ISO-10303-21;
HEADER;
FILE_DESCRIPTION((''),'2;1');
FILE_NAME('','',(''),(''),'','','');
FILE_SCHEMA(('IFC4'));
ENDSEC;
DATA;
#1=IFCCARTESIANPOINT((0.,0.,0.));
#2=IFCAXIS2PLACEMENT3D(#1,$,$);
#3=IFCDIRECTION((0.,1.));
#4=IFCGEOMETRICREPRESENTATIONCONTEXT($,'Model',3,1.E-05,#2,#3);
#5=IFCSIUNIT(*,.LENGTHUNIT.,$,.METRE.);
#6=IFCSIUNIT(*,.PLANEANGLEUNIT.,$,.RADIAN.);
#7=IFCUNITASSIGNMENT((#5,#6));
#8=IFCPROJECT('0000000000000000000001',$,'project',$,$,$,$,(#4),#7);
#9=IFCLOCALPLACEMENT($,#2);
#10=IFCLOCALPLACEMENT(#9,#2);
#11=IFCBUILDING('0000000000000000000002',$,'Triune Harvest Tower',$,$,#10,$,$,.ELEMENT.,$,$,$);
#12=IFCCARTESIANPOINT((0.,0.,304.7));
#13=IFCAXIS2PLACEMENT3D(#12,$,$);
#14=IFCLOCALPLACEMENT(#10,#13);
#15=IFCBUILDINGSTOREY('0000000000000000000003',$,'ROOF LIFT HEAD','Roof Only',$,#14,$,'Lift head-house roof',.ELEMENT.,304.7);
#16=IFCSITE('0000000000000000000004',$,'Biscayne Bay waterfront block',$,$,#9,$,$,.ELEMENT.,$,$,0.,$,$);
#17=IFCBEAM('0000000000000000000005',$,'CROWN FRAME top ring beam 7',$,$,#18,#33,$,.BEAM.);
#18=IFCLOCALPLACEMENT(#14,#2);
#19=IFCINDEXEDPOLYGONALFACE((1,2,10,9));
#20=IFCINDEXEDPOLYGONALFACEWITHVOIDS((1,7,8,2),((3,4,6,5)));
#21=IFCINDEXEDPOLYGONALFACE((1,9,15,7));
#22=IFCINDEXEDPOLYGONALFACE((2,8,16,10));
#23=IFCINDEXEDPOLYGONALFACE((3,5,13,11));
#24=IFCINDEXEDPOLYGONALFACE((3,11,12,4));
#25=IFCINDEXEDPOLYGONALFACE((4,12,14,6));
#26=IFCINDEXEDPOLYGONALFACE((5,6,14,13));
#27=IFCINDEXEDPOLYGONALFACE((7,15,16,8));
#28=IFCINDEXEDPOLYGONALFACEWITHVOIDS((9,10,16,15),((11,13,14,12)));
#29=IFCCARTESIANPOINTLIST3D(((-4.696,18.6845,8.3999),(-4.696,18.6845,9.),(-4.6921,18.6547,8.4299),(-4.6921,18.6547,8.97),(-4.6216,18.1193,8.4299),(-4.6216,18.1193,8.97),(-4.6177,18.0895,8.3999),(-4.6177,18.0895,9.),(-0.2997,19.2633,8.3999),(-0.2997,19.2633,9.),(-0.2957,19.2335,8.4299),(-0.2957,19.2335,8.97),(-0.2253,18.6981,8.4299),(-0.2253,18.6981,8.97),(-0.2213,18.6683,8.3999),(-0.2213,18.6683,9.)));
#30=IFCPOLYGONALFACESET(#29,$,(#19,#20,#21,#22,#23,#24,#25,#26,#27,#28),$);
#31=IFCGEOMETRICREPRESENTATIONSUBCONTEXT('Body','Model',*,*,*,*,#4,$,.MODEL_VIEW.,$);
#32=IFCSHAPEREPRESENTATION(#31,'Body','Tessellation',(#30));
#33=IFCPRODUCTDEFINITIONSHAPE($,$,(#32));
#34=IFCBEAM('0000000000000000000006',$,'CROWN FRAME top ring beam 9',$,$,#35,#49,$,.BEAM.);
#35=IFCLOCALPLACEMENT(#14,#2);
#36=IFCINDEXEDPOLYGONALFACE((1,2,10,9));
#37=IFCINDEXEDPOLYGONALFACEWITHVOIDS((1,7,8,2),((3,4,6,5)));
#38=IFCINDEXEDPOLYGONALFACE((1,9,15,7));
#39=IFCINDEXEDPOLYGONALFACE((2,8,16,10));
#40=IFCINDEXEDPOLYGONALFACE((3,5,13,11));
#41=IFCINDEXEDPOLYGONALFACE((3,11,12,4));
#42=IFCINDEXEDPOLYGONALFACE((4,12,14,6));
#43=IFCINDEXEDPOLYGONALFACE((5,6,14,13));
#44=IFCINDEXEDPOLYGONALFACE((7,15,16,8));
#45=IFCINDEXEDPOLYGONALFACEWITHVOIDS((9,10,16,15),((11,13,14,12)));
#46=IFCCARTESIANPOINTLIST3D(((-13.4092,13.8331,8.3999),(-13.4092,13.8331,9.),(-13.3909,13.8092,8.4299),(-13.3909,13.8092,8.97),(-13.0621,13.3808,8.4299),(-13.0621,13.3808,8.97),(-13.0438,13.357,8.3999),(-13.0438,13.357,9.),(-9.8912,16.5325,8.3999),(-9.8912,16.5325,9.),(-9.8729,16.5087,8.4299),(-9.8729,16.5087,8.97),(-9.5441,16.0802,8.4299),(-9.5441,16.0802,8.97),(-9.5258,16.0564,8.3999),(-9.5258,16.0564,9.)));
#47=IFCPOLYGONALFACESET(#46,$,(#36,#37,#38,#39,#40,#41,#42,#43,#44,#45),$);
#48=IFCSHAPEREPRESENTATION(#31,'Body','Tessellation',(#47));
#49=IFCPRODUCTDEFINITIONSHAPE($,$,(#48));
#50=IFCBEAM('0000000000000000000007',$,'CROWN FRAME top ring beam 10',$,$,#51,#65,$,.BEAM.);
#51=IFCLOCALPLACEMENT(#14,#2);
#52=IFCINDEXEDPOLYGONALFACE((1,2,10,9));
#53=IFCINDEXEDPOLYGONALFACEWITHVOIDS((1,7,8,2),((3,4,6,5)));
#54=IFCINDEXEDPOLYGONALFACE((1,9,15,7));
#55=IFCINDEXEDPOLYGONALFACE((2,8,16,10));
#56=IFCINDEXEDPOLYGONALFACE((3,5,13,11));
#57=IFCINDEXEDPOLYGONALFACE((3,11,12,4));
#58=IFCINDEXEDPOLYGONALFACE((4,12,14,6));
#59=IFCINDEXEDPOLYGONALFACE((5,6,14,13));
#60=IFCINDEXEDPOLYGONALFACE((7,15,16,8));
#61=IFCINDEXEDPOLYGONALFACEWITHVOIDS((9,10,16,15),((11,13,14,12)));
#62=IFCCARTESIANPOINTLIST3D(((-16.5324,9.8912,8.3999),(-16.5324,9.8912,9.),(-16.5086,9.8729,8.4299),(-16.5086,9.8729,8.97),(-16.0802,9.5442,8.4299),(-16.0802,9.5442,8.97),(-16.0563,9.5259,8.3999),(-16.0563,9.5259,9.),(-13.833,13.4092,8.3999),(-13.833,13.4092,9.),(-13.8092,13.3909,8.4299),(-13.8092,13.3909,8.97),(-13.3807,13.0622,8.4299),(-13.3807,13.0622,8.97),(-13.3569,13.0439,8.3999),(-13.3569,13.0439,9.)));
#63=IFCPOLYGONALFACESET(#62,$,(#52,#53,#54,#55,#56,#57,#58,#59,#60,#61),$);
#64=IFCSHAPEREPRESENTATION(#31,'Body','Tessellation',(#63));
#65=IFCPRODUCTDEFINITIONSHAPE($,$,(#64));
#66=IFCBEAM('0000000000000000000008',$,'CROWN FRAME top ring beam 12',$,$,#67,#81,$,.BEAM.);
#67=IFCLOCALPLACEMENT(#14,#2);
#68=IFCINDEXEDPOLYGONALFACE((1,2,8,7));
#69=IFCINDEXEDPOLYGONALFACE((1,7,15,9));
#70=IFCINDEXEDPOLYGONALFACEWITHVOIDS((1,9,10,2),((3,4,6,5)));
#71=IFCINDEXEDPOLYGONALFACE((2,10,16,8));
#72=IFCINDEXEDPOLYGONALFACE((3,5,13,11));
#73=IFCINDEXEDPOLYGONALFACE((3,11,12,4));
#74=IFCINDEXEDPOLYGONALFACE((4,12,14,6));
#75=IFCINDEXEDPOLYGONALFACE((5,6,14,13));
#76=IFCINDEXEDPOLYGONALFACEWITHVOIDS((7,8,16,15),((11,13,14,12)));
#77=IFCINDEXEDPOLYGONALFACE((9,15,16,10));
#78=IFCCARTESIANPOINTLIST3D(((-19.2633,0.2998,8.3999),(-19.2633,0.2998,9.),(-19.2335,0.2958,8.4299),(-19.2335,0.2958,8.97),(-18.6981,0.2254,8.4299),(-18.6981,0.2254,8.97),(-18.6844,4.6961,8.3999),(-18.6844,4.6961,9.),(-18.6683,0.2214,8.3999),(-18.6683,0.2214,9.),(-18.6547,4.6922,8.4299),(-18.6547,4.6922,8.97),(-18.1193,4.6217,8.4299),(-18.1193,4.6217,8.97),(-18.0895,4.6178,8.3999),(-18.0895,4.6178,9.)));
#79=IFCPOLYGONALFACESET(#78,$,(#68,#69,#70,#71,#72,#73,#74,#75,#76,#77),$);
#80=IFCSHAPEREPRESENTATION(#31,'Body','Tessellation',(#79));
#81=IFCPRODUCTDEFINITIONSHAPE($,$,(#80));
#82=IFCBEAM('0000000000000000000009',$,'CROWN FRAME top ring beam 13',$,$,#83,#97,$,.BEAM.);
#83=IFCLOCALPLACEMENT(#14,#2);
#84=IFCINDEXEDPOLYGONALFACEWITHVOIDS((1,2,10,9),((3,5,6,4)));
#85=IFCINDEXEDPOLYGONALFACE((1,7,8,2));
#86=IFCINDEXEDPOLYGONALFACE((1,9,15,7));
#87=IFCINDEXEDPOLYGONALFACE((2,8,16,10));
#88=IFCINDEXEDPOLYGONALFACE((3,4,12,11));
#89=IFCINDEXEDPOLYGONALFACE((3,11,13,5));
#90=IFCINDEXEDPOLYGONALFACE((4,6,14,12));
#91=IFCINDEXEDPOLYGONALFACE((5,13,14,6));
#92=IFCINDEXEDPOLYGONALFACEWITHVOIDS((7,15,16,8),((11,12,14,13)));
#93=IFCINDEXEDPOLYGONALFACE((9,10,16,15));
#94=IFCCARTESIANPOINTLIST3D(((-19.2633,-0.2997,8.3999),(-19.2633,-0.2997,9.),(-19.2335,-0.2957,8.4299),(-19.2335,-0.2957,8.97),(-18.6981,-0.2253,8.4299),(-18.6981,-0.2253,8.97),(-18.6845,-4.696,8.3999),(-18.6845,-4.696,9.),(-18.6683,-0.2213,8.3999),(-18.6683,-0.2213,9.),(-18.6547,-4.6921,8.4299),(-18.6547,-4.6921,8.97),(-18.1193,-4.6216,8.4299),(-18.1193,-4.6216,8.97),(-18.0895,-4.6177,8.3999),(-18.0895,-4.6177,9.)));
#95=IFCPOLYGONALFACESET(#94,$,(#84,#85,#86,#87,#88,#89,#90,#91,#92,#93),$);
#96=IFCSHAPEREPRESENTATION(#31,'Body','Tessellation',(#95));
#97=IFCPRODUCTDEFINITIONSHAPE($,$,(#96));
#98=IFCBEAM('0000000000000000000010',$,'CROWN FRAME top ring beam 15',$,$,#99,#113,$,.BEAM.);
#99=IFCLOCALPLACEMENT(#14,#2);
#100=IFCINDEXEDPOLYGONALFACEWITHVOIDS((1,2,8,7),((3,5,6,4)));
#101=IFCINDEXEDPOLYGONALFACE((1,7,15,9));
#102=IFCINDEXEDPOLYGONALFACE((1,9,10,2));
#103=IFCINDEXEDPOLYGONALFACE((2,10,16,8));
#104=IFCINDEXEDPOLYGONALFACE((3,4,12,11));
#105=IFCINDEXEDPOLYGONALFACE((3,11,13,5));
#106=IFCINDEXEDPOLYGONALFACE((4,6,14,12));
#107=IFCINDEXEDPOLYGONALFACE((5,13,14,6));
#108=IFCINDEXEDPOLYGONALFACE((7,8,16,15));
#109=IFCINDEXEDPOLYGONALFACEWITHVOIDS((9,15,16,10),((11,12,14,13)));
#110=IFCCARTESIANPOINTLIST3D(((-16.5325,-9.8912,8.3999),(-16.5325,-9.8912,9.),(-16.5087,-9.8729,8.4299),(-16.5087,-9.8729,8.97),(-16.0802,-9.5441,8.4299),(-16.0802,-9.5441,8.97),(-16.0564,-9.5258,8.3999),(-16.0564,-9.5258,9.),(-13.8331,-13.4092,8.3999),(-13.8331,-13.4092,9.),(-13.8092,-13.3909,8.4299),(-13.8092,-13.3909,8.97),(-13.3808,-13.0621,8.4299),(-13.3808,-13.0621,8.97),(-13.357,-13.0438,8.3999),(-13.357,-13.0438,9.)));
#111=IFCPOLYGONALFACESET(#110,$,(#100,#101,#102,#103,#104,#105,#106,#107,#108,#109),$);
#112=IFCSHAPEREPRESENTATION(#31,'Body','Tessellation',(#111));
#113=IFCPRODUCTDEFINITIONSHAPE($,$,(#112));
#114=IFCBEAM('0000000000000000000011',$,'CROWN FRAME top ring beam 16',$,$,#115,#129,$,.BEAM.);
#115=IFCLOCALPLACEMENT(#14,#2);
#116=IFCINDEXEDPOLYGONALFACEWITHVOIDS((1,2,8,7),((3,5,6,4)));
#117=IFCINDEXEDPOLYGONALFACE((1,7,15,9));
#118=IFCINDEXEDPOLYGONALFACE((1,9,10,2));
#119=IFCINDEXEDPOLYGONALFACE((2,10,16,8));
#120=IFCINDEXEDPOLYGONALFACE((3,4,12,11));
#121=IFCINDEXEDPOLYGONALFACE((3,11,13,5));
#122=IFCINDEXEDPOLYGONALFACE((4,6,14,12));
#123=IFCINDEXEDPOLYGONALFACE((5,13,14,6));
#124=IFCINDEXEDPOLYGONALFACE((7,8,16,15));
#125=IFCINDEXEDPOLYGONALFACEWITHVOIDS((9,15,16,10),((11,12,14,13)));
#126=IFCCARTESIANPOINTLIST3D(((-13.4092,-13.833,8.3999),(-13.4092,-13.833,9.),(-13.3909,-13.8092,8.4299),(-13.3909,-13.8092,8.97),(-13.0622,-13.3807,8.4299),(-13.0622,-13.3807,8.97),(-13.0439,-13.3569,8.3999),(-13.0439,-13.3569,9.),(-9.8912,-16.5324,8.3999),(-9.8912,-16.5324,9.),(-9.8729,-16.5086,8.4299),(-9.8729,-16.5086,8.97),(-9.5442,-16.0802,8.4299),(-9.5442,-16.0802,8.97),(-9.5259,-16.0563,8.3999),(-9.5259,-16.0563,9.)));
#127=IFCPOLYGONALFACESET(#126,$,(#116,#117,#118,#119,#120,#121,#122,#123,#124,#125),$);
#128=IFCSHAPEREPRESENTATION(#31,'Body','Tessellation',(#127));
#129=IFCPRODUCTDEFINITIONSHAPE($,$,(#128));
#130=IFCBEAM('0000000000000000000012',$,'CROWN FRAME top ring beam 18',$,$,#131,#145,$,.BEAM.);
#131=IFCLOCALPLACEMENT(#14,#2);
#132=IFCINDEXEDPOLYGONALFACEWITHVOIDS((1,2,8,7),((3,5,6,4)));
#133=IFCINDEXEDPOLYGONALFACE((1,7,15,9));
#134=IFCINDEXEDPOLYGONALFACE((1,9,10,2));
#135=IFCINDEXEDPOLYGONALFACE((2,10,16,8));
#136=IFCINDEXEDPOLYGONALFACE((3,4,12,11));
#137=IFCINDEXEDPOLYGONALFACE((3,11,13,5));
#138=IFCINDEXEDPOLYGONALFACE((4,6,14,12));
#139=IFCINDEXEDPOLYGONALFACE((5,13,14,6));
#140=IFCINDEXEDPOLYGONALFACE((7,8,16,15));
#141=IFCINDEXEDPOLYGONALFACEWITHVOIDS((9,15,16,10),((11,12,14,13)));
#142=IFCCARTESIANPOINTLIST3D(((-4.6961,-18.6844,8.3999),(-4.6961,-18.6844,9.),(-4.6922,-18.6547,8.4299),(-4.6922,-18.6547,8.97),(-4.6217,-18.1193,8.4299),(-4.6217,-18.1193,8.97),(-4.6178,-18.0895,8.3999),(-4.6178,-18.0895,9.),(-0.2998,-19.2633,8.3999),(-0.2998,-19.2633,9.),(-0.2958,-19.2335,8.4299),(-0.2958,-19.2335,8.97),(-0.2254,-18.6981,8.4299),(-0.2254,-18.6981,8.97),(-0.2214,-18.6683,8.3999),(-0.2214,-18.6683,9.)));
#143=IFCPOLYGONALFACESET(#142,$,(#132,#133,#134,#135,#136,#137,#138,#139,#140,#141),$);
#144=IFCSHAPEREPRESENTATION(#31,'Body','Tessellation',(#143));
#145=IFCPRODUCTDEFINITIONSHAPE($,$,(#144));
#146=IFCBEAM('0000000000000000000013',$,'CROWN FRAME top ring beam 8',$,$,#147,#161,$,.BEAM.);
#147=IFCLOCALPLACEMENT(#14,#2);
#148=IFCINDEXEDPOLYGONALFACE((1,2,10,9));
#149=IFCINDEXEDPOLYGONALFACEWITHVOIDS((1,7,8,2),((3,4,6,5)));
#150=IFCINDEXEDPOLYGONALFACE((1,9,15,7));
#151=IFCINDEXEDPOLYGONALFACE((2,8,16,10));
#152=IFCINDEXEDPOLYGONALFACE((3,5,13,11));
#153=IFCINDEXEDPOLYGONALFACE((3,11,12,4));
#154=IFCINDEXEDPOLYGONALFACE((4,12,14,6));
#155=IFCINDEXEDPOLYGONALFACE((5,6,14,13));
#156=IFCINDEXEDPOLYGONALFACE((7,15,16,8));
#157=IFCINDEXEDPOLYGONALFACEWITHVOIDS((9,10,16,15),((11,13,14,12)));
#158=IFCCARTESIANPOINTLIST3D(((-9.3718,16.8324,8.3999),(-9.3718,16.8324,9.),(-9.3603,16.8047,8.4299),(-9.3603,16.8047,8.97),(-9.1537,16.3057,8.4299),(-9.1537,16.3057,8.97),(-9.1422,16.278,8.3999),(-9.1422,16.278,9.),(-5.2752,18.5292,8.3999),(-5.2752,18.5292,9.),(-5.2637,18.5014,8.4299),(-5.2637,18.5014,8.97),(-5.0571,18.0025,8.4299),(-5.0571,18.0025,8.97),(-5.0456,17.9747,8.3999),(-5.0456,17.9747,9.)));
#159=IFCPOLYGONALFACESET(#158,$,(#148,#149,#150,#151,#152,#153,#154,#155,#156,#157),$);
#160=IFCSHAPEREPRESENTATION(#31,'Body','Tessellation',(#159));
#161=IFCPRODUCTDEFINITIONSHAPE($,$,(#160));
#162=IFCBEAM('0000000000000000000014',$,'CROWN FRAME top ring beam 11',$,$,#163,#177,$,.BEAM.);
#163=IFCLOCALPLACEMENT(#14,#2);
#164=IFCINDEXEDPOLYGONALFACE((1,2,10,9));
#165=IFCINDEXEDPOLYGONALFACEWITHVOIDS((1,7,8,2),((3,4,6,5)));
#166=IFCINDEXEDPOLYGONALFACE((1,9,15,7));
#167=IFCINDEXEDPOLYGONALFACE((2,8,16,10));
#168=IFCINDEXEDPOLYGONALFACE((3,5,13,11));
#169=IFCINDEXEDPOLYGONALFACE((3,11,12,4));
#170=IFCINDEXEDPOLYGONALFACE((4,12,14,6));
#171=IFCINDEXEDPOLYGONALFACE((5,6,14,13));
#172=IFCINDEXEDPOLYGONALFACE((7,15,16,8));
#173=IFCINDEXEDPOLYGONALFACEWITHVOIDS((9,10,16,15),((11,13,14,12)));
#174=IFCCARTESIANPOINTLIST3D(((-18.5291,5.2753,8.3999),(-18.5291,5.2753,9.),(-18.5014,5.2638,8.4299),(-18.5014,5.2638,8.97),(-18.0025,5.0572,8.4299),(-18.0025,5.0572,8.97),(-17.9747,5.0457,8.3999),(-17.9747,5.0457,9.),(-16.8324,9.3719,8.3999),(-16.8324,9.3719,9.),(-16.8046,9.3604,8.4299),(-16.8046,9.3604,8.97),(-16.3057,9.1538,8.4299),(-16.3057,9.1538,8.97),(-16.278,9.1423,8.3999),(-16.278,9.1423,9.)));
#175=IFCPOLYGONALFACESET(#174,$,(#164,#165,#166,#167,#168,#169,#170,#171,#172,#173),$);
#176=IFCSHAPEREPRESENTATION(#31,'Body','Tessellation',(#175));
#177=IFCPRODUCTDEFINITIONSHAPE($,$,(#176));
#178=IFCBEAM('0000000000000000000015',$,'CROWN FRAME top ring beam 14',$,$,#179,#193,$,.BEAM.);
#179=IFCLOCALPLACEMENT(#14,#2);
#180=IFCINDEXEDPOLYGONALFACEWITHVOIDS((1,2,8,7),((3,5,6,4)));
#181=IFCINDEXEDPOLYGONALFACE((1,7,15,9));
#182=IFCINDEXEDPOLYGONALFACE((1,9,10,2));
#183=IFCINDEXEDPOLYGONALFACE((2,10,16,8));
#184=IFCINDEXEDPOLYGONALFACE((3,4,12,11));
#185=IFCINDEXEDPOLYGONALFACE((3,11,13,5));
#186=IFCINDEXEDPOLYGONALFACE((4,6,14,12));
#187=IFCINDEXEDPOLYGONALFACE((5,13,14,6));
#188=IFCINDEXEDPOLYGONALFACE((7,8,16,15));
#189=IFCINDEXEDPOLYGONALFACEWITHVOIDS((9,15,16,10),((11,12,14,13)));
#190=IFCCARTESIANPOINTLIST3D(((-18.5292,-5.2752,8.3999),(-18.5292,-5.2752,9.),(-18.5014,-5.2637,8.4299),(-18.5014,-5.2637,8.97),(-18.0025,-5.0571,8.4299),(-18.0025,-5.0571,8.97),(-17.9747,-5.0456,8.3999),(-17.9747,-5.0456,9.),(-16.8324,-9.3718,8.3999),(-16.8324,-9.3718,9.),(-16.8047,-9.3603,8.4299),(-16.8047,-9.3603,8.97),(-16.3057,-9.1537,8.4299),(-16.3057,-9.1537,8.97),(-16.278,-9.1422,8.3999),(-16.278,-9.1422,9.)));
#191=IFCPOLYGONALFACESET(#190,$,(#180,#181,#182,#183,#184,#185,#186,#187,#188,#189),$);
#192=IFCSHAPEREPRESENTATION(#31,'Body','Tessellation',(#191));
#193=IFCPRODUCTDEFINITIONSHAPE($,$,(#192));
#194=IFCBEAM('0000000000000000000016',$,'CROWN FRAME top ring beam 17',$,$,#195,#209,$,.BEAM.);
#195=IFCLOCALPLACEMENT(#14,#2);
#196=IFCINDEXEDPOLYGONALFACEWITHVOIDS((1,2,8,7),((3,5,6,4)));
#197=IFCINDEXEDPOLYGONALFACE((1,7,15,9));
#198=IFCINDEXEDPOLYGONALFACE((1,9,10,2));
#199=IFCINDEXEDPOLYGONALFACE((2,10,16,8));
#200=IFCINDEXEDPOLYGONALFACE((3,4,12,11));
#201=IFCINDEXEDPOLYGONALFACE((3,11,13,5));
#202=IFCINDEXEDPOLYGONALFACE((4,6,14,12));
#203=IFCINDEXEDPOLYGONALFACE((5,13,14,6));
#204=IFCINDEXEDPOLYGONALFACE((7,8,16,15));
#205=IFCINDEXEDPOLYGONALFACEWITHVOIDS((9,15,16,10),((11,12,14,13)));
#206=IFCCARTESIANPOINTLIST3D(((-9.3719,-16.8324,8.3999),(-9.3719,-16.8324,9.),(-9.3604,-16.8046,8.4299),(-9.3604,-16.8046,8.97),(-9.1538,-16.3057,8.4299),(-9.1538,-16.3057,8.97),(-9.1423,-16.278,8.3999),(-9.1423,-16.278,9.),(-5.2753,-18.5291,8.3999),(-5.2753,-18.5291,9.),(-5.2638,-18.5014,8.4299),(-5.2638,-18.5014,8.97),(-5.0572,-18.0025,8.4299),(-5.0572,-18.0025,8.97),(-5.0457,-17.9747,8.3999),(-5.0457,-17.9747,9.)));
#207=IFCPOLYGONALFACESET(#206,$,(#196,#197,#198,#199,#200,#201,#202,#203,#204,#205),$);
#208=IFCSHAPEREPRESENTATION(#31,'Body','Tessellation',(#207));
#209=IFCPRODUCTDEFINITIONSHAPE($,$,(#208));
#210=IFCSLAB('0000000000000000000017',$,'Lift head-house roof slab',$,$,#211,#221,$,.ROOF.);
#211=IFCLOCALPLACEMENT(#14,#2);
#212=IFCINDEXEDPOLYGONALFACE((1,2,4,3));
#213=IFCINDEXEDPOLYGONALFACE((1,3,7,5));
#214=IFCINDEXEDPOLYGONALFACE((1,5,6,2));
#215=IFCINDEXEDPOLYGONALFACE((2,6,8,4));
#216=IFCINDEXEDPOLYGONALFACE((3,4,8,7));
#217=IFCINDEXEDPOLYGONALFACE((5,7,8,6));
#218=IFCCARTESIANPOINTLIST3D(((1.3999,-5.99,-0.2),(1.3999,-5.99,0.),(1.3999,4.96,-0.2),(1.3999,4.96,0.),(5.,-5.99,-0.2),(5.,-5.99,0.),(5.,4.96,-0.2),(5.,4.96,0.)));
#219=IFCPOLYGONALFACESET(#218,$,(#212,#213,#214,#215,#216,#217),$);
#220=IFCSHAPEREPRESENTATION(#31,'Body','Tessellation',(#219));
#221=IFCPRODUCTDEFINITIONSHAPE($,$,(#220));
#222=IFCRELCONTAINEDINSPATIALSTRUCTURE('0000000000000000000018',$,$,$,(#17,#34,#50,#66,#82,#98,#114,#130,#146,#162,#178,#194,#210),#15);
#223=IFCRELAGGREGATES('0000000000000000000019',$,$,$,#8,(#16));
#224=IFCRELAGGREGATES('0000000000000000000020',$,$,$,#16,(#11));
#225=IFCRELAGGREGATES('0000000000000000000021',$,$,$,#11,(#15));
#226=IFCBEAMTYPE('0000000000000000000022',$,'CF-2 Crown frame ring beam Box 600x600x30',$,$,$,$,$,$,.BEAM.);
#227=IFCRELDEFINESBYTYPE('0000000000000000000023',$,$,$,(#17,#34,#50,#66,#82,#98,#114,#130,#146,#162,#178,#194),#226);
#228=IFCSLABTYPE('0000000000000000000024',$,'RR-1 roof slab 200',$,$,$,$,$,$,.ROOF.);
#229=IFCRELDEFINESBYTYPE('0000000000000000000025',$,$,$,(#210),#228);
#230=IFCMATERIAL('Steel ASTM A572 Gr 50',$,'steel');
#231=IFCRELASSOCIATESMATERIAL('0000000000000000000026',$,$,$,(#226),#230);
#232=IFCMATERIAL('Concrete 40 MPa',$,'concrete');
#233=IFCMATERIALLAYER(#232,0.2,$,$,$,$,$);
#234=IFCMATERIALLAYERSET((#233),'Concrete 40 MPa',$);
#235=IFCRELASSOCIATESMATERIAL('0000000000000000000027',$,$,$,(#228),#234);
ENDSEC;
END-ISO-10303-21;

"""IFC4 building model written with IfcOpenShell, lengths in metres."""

from ifc_helpers import new_model, si_unit, direction, frame, origin, origin_2d, place, context, subcontext, project, spatial, polyline, hollow_rectangle, outline, extrude, source, transform, mapped, material, layer, layer_set, material_profile, profile_set, type_object, element, save


model = new_model("IFC4")

# Units and contexts
model_context = context("Model", 3, precision=1e-05, world=origin(), true_north=direction((0.0, 1.0)))
body_context = subcontext(model_context, "Body", "Model", "MODEL_VIEW")
ifc_project = project(units=[si_unit("LENGTHUNIT", "METRE"), si_unit("PLANEANGLEUNIT", "RADIAN")], contexts=[model_context])

# Site, building, storey
site_placement = place(None, origin())
site = spatial("IfcSite", under=ifc_project, at=site_placement, Name="Biscayne Bay waterfront block", CompositionType="ELEMENT", RefElevation=0.0)
building_placement = place(site_placement, origin())
building = spatial("IfcBuilding", under=site, at=building_placement, Name="Triune Harvest Tower", CompositionType="ELEMENT")
storey_placement = place(building_placement, frame((0.0, 0.0, 304.7)))
storey = spatial("IfcBuildingStorey", under=building, at=storey_placement, Name="ROOF LIFT HEAD", Description="Roof Only", LongName="Lift head-house roof", CompositionType="ELEMENT", Elevation=304.7)

# Beams
ifc_material_1 = material(Name="Steel ASTM A572 Gr 50", Category="steel")
ifc_material_profile = material_profile(ifc_material_1, hollow_rectangle(XDim=0.6001, YDim=0.6001, WallThickness=0.03, at=origin_2d()), Name="Box 600x600x30")
ifc_profile_set = profile_set([ifc_material_profile], Name="Steel ASTM A572 Gr 50")
beam_type = type_object("IfcBeamType", Name="CF-2 Crown frame ring beam Box 600x600x30", PredefinedType="BEAM", material=ifc_profile_set)
shared_shape_1 = source(origin(), body_context, "Body", "SweptSolid", [
    extrude(hollow_rectangle(XDim=0.6001, YDim=0.6001, WallThickness=0.03, at=origin_2d()), origin(), (0.0, 0.0, 1.0), 4.4343),
])
for number, where, z_axis, x_axis, name in (
    (1, (-0.2605, 18.9658, 8.7), (-0.991443, -0.130537, 0.0), (0.130537, -0.991443, 0.0), "CROWN FRAME top ring beam 7"),
    (2, (-9.7085, 16.2944, 8.7), (-0.793358, -0.608755, 0.0), (0.608755, -0.793358, 0.0), "CROWN FRAME top ring beam 9"),
    (3, (-13.595, 13.2266, 8.7), (-0.608755, -0.793358, 0.0), (0.793358, -0.608755, 0.0), "CROWN FRAME top ring beam 10"),
    (4, (-18.387, 4.657, 8.7), (-0.130537, -0.991443, 0.0), (0.991443, -0.130537, 0.0), "CROWN FRAME top ring beam 12"),
    (5, (-18.9658, -0.2605, 8.7), (0.130537, -0.991443, 0.0), (0.991443, 0.130537, 0.0), "CROWN FRAME top ring beam 13"),
    (6, (-16.2944, -9.7085, 8.7), (0.608755, -0.793358, 0.0), (0.793358, 0.608755, 0.0), "CROWN FRAME top ring beam 15"),
    (7, (-13.2266, -13.595, 8.7), (0.793358, -0.608755, 0.0), (0.608755, 0.793358, 0.0), "CROWN FRAME top ring beam 16"),
    (8, (-4.657, -18.387, 8.7), (0.991443, -0.130537, 0.0), (0.130537, 0.991443, 0.0), "CROWN FRAME top ring beam 18"),
):
    element("IfcBeam", number, at=place(storey_placement, frame(where, z_axis=z_axis, x_axis=x_axis)), inside=storey, type_object=beam_type, Name=name, PredefinedType="BEAM", context=body_context, shape_type="MappedRepresentation", body=[
        mapped(shared_shape_1, transform((0.0, 0.0, 0.0), scale=1.0)),
    ])
shared_shape_2 = source(origin(), body_context, "Body", "SweptSolid", [
    extrude(hollow_rectangle(XDim=0.6001, YDim=0.6001, WallThickness=0.03, at=origin_2d()), origin(), (0.0, 0.0, 1.0), 4.4341),
])
for number, where, z_axis, x_axis, name in (
    (9, (-5.1604, 18.252, 8.7), (-0.923889, -0.38266, 0.0), (0.38266, -0.923889, 0.0), "CROWN FRAME top ring beam 8"),
    (10, (-16.5552, 9.2571, 8.7), (-0.38266, -0.923889, 0.0), (0.923889, -0.38266, 0.0), "CROWN FRAME top ring beam 11"),
    (11, (-18.252, -5.1604, 8.7), (0.38266, -0.923889, 0.0), (0.923889, 0.38266, 0.0), "CROWN FRAME top ring beam 14"),
    (12, (-9.2571, -16.5552, 8.7), (0.923889, -0.38266, 0.0), (0.38266, 0.923889, 0.0), "CROWN FRAME top ring beam 17"),
):
    element("IfcBeam", number, at=place(storey_placement, frame(where, z_axis=z_axis, x_axis=x_axis)), inside=storey, type_object=beam_type, Name=name, PredefinedType="BEAM", context=body_context, shape_type="MappedRepresentation", body=[
        mapped(shared_shape_2, transform((0.0, 0.0, 0.0), scale=1.0)),
    ])

# Slab
ifc_material_2 = material(Name="Concrete 40 MPa", Category="concrete")
ifc_layer_1 = layer(ifc_material_2, 0.2)
ifc_layer_set_1 = layer_set([ifc_layer_1], Name="Concrete 40 MPa")
slab_type = type_object("IfcSlabType", Name="RR-1 roof slab 200", PredefinedType="ROOF", material=ifc_layer_set_1)
slab_placement = place(storey_placement, frame((0.0, 0.0, -0.2)))
element("IfcSlab", 13, at=slab_placement, inside=storey, type_object=slab_type, Name="Lift head-house roof slab", PredefinedType="ROOF", context=body_context, shape_type="SweptSolid", body=[
    extrude(outline(polyline([(1.3999, -5.99), (5.0, -5.99), (5.0, 4.96), (1.3999, 4.96), (1.3999, -5.99)])), origin(), (0.0, 0.0, 1.0), 0.2),
])

save(model, "model.ifc")
